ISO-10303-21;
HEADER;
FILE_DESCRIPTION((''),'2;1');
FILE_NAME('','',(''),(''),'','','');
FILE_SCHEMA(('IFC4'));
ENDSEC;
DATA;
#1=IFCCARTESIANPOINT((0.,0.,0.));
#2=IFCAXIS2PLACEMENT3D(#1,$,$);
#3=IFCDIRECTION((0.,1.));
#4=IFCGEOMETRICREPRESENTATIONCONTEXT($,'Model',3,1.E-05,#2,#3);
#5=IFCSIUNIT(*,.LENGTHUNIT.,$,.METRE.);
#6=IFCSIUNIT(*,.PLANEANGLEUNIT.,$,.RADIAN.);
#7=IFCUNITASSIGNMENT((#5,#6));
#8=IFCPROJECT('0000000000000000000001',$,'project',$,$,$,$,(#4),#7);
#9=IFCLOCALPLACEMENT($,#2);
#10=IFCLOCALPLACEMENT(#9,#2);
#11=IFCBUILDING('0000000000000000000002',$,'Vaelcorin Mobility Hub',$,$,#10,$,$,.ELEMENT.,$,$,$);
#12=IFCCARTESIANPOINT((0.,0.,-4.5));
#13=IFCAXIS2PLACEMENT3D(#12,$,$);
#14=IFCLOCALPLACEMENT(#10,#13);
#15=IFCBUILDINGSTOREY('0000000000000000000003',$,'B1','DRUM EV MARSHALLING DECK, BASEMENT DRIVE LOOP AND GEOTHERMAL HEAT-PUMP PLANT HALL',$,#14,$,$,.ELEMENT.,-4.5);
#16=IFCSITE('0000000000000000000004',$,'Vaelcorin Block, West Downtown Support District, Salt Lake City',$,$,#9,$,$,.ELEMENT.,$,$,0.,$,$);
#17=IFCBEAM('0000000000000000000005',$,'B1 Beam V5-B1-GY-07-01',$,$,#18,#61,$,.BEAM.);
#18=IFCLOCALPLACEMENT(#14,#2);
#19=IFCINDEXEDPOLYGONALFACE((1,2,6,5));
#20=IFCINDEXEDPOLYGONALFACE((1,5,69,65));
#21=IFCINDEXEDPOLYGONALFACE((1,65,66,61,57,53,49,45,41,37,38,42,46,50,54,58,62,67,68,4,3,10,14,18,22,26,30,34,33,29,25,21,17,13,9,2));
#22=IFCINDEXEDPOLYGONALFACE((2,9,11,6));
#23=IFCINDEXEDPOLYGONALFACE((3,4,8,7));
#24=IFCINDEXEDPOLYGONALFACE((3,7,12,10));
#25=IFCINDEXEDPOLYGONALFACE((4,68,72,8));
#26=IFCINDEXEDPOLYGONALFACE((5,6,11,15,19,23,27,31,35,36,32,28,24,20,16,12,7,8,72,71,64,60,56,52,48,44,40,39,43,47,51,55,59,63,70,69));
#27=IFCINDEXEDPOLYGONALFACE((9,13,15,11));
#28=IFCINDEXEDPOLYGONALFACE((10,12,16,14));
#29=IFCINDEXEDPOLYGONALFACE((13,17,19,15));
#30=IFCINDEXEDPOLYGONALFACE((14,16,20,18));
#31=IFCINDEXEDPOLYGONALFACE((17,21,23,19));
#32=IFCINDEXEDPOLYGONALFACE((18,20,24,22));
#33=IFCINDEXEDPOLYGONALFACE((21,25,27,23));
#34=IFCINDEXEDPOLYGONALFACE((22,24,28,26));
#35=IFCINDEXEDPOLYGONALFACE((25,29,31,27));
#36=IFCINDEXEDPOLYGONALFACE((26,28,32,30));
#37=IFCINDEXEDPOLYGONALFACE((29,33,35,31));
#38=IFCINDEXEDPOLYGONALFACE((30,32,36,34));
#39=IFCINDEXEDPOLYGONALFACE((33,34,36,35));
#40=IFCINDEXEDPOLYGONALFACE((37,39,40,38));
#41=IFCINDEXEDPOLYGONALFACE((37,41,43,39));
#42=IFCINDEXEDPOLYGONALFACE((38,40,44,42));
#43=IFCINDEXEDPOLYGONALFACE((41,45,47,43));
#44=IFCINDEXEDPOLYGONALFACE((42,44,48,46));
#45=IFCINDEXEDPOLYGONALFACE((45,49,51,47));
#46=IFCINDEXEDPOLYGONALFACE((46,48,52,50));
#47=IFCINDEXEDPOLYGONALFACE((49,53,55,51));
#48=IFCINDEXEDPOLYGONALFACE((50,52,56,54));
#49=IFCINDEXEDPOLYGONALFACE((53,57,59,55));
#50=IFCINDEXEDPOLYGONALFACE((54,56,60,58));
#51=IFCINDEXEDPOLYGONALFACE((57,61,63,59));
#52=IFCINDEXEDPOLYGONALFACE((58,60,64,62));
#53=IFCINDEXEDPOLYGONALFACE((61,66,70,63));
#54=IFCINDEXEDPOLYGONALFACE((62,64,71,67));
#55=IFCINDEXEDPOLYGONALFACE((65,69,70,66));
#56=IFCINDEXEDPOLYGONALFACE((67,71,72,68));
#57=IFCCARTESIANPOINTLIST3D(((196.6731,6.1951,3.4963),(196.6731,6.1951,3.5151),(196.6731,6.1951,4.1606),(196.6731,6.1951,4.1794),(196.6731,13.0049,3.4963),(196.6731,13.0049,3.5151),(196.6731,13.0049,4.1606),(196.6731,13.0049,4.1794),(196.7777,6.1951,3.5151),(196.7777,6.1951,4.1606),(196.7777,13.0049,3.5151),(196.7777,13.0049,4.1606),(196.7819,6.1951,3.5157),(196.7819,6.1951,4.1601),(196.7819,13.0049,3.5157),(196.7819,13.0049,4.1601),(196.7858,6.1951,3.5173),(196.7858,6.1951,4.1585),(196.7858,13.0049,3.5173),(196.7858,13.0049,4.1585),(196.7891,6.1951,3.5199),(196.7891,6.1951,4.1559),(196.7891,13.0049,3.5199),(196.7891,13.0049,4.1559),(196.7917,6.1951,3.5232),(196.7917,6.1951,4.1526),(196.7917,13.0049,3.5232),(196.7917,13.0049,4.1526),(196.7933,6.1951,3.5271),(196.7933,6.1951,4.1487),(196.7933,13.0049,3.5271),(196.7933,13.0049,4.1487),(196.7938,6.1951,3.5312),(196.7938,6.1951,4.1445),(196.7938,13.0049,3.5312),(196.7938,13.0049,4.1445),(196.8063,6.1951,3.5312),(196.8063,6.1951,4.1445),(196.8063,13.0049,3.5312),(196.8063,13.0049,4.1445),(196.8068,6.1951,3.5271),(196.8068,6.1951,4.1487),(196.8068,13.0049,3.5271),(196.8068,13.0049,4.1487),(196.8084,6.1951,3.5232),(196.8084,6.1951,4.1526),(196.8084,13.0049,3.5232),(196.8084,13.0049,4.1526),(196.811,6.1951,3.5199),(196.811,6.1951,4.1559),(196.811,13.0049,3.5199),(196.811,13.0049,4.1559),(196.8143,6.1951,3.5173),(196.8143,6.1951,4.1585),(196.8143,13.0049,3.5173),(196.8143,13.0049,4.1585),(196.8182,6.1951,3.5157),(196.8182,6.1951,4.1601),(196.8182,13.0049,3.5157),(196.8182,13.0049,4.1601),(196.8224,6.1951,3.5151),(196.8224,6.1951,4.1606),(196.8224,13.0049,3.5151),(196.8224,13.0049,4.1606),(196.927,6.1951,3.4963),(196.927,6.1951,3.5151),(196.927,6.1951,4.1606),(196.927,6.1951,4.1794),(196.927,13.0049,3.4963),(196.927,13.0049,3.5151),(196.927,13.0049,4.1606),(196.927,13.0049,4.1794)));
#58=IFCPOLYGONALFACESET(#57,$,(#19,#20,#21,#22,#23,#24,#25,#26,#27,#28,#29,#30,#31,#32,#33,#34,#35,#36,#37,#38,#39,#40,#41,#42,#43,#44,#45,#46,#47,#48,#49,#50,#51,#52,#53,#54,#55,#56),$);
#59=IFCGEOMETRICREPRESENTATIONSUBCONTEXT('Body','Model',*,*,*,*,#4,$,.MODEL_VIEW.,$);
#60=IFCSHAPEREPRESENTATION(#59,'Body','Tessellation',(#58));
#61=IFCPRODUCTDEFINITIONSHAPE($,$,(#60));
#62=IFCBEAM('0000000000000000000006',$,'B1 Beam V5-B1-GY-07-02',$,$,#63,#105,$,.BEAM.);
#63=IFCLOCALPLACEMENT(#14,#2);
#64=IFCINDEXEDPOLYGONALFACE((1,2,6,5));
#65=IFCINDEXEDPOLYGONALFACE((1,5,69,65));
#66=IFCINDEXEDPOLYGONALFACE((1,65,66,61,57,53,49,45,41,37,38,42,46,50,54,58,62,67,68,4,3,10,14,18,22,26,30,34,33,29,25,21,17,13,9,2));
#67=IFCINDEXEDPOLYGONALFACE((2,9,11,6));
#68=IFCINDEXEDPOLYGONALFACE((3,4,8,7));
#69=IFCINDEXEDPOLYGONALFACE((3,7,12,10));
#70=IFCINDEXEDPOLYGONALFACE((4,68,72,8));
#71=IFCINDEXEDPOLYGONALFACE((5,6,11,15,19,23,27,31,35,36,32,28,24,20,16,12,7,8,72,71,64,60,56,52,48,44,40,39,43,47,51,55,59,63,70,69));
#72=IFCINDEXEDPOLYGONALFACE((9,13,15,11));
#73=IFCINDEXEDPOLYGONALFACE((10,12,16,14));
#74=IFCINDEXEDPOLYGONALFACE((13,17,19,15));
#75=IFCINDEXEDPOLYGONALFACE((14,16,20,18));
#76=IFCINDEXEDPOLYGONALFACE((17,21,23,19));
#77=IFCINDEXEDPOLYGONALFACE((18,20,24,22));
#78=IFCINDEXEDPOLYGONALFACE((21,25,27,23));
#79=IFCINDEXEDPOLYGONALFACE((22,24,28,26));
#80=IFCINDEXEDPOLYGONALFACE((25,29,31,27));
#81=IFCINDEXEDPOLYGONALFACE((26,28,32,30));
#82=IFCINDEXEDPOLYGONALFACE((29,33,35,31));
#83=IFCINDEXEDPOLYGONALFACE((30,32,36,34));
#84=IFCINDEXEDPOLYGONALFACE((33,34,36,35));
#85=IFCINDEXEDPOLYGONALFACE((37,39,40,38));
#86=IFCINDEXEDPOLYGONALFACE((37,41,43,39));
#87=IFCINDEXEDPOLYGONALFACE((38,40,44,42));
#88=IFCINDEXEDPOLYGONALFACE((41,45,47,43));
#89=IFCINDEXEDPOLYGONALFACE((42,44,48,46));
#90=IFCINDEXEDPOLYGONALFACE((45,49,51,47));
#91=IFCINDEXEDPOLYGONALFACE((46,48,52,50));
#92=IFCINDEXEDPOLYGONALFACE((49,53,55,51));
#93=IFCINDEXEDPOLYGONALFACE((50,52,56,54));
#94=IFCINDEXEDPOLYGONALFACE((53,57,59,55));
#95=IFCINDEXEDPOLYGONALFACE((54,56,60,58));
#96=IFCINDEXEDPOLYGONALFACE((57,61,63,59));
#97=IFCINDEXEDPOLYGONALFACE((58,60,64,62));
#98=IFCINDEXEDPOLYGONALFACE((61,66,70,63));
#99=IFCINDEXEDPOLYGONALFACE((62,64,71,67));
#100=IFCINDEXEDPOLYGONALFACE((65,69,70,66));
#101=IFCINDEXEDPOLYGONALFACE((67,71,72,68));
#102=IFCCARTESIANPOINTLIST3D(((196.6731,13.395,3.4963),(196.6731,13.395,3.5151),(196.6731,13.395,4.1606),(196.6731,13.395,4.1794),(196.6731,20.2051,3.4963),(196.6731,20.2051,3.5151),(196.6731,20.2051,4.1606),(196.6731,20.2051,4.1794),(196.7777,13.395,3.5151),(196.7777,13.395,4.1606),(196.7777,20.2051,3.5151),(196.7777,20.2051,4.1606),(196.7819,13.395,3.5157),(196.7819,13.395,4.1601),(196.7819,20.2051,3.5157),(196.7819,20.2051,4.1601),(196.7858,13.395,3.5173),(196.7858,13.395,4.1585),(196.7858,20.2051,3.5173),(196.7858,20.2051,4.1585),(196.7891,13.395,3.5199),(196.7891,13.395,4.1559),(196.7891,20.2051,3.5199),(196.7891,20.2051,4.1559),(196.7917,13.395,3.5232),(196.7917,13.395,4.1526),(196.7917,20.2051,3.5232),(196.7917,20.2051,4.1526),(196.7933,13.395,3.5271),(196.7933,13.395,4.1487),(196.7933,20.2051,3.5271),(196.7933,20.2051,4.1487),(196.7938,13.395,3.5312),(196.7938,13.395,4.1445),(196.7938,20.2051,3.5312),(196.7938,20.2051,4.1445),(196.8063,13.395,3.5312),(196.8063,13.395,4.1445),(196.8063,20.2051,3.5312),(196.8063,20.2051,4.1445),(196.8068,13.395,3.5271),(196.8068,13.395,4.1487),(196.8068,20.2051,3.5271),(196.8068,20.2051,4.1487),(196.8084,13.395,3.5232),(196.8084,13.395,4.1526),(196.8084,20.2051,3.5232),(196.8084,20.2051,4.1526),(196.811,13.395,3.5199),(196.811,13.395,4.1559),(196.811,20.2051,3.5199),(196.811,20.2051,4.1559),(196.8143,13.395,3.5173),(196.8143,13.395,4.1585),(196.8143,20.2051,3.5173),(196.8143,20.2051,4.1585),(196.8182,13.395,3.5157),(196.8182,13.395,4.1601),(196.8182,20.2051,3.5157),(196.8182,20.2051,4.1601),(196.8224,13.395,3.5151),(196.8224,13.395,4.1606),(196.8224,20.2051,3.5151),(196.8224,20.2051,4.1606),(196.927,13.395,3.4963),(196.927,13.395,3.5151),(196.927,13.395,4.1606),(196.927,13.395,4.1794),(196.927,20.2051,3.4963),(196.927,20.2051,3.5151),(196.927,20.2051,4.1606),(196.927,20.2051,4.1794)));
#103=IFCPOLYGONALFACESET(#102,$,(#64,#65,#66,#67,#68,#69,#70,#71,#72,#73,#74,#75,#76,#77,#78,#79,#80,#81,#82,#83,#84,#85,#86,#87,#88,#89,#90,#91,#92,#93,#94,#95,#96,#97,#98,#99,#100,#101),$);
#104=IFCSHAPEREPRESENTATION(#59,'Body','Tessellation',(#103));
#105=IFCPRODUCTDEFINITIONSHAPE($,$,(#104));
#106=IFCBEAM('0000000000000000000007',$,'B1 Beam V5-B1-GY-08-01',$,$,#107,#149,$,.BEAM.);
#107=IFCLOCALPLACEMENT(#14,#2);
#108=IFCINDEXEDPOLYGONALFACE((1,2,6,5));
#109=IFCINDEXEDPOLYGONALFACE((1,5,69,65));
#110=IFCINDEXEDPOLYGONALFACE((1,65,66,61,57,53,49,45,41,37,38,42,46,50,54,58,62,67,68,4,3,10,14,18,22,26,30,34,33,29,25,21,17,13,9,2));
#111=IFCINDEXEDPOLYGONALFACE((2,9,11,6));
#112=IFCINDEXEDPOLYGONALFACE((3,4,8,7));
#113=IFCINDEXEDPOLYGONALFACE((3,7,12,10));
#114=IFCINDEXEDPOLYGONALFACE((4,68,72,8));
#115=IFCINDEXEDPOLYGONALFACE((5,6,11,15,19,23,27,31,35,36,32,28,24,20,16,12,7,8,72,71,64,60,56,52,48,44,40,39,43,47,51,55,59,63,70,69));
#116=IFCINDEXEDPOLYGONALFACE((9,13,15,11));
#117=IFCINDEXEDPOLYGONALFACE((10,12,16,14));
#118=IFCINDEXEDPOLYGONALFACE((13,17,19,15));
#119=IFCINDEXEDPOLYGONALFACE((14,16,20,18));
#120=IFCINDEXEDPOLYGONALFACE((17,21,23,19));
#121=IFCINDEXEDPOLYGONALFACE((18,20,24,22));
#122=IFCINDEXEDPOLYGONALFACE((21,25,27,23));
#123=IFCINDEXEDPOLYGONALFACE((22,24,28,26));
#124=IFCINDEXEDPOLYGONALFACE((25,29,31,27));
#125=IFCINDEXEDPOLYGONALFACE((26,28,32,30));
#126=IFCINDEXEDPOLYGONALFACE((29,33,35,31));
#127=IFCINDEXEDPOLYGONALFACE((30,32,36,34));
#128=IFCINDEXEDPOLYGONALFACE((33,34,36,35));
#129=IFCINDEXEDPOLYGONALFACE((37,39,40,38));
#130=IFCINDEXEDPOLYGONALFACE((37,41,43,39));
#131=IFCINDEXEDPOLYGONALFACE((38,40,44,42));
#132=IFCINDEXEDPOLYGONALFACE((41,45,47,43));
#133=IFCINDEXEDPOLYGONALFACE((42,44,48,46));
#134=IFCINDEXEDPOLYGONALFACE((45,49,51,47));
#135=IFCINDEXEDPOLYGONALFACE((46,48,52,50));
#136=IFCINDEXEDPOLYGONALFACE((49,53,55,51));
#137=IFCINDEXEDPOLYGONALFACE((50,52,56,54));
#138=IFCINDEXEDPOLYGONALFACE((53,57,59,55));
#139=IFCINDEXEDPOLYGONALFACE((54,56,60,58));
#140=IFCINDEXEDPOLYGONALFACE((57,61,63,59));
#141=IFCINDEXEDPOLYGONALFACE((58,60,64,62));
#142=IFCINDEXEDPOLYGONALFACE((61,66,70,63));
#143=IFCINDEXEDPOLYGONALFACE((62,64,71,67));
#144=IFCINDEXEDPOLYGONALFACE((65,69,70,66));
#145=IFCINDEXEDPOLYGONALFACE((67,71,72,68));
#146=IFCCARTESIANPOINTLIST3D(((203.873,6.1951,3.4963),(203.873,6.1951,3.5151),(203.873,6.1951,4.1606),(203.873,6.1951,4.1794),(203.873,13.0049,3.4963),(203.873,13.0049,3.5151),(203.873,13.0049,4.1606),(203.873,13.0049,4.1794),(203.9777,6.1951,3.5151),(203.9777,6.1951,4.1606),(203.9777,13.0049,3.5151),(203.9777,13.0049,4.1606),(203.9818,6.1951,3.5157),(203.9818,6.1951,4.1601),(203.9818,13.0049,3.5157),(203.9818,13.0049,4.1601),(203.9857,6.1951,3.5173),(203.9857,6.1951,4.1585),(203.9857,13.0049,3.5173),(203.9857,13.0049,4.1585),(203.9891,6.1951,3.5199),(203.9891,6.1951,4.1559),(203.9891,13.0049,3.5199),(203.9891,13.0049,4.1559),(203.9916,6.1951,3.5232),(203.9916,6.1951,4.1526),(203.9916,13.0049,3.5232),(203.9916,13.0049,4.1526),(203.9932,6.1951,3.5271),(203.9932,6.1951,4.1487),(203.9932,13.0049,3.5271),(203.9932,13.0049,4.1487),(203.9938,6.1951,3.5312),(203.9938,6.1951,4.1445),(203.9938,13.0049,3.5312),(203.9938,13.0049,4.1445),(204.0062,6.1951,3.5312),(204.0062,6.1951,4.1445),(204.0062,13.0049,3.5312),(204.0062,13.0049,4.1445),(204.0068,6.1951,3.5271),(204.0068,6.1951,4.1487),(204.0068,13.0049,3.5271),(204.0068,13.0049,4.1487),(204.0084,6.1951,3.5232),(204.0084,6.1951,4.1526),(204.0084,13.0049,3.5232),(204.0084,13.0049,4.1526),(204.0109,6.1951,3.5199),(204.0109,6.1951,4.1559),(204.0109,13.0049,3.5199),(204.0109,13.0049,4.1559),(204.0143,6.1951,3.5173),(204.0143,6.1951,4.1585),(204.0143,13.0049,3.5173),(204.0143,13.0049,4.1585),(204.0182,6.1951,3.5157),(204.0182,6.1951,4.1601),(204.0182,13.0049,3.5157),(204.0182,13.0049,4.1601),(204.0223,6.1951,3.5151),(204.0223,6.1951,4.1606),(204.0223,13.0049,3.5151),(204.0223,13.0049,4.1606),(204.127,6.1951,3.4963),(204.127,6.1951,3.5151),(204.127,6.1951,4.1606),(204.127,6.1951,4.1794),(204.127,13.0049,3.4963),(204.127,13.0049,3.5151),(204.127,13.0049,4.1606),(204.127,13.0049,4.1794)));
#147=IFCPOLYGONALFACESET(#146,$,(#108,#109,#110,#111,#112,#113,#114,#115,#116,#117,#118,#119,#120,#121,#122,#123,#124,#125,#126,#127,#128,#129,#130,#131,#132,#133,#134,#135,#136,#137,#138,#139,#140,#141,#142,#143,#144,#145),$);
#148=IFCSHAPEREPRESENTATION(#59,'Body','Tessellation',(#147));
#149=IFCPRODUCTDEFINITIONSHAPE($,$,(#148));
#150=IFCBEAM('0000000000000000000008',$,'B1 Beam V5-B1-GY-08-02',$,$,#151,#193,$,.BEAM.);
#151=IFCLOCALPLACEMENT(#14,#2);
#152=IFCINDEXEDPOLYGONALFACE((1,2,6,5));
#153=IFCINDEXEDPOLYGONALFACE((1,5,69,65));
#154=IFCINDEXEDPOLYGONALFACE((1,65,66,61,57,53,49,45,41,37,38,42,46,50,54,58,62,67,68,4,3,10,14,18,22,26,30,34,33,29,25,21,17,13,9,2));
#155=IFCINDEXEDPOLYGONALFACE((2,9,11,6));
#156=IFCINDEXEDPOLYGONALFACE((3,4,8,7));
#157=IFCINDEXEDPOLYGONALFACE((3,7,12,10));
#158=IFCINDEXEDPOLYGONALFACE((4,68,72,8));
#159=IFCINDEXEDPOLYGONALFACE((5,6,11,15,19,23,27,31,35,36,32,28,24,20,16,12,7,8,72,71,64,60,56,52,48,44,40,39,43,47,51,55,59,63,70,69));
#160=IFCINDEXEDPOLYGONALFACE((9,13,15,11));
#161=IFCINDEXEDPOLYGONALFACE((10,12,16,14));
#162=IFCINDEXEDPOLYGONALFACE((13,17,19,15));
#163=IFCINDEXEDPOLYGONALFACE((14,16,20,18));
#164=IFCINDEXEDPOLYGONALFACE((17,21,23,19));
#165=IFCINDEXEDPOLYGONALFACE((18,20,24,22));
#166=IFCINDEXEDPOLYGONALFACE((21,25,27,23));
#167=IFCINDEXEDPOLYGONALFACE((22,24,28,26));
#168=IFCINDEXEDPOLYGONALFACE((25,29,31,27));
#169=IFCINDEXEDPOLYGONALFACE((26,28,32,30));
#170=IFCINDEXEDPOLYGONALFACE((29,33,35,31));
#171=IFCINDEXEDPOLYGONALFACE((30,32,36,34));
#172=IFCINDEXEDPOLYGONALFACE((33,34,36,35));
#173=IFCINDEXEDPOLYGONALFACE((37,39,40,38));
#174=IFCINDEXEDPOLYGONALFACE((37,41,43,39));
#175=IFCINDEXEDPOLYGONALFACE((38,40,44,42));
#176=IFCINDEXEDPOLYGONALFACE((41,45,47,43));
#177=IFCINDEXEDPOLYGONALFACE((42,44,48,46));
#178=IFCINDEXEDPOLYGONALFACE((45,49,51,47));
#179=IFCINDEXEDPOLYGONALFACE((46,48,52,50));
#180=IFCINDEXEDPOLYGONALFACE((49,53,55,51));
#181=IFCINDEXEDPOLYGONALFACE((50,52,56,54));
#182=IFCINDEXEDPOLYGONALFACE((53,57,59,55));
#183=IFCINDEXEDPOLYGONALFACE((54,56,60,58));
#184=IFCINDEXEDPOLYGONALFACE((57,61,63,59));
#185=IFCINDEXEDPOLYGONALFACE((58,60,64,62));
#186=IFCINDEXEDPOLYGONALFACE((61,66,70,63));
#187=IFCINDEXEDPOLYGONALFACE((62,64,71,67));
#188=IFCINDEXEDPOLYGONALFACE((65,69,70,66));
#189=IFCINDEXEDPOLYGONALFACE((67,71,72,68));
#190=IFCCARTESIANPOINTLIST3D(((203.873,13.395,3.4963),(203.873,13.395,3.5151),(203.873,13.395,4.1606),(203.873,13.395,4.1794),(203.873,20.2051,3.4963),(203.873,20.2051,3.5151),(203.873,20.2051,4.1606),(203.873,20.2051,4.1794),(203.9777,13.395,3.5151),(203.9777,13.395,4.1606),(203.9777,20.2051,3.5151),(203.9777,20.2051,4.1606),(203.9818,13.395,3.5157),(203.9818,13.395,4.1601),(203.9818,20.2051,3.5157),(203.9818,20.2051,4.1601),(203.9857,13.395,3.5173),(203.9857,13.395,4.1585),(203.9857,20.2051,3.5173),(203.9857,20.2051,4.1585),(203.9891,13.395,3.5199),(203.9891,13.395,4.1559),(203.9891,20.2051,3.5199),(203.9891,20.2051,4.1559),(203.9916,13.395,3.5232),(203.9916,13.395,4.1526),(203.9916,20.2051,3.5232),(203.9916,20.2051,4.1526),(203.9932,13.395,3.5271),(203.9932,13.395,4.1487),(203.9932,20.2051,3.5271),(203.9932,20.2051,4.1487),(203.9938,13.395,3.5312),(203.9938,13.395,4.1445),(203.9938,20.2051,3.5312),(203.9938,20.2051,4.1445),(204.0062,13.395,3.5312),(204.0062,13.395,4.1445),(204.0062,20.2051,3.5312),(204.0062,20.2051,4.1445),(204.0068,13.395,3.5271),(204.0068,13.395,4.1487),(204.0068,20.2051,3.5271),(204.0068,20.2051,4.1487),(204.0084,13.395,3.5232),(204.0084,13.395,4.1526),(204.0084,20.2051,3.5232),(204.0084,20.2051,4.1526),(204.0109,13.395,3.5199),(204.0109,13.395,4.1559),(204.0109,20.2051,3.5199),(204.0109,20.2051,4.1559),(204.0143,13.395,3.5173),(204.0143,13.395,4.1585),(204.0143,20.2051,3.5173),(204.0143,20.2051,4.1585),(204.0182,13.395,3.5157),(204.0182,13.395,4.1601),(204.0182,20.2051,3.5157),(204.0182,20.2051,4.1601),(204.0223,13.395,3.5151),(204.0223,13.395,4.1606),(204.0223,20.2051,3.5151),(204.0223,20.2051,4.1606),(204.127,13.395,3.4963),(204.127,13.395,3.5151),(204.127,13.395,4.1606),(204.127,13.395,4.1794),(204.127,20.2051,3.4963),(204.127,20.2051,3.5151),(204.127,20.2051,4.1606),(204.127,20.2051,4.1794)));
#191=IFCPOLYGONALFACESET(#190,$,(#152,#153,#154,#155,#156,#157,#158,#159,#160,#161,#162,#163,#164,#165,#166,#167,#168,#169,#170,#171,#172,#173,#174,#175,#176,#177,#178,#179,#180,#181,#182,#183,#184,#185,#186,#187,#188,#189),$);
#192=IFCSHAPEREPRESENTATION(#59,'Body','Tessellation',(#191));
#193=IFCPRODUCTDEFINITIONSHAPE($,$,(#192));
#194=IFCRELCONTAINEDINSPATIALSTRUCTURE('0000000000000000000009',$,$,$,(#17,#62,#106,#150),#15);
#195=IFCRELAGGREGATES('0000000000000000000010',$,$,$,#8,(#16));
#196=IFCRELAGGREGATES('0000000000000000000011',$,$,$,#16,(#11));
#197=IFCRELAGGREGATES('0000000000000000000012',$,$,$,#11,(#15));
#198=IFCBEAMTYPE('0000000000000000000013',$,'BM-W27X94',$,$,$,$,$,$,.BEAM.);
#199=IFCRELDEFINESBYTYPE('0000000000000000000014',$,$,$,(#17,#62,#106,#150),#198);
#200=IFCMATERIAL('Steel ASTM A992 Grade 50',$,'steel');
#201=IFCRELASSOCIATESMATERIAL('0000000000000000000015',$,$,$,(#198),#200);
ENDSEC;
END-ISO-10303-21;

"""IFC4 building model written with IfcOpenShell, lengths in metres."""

from ifc_helpers import new_model, si_unit, direction, frame, origin, origin_2d, place, context, subcontext, project, spatial, i_section, extrude, material, material_profile, profile_set, type_object, element, save


model = new_model("IFC4")

# Units and contexts
model_context = context("Model", 3, precision=1e-05, world=origin(), true_north=direction((0.0, 1.0)))
body_context = subcontext(model_context, "Body", "Model", "MODEL_VIEW")
ifc_project = project(units=[si_unit("LENGTHUNIT", "METRE"), si_unit("PLANEANGLEUNIT", "RADIAN")], contexts=[model_context])

# Site, building, storey
site_placement = place(None, origin())
site = spatial("IfcSite", under=ifc_project, at=site_placement, Name="Vaelcorin Block, West Downtown Support District, Salt Lake City", CompositionType="ELEMENT", RefElevation=0.0)
building_placement = place(site_placement, origin())
building = spatial("IfcBuilding", under=site, at=building_placement, Name="Vaelcorin Mobility Hub", CompositionType="ELEMENT")
storey_placement = place(building_placement, frame((0.0, 0.0, -4.5)))
storey = spatial("IfcBuildingStorey", under=building, at=storey_placement, Name="B1", Description="DRUM EV MARSHALLING DECK, BASEMENT DRIVE LOOP AND GEOTHERMAL HEAT-PUMP PLANT HALL", CompositionType="ELEMENT", Elevation=-4.5)

# Shared definitions
ifc_material_1 = material(Name="Steel ASTM A992 Grade 50", Category="steel")

# Beams
ifc_material_profile_1 = material_profile(ifc_material_1, i_section(OverallWidth=0.2539, OverallDepth=0.6831, WebThickness=0.0125, FlangeThickness=0.0188, FilletRadius=0.0161, at=origin_2d()), Name="W27X94")
ifc_profile_set_1 = profile_set([ifc_material_profile_1], Name="Steel ASTM A992 Grade 50")
beam_type_1 = type_object("IfcBeamType", Name="BM-W27X94", PredefinedType="BEAM", material=ifc_profile_set_1)
beam_1_placement = place(storey_placement, frame((196.8, 6.1951, 3.8379), z_axis=(0.0, 1.0, 0.0), x_axis=(-1.0, 0.0, 0.0)))
element("IfcBeam", 1, at=beam_1_placement, inside=storey, type_object=beam_type_1, Name="B1 Beam V5-B1-GY-07-01", PredefinedType="BEAM", context=body_context, shape_type="SweptSolid", body=[
    extrude(i_section(OverallWidth=0.2539, OverallDepth=0.6831, WebThickness=0.0125, FlangeThickness=0.0188, FilletRadius=0.0161, at=origin_2d()), origin(), (0.0, 0.0, 1.0), 6.8098),
])
beam_2_placement = place(storey_placement, frame((196.8, 13.395, 3.8379), z_axis=(0.0, 1.0, 0.0), x_axis=(-1.0, 0.0, 0.0)))
element("IfcBeam", 2, at=beam_2_placement, inside=storey, type_object=beam_type_1, Name="B1 Beam V5-B1-GY-07-02", PredefinedType="BEAM", context=body_context, shape_type="SweptSolid", body=[
    extrude(i_section(OverallWidth=0.2539, OverallDepth=0.6831, WebThickness=0.0125, FlangeThickness=0.0188, FilletRadius=0.0161, at=origin_2d()), origin(), (0.0, 0.0, 1.0), 6.8101),
])
beam_3_placement = place(storey_placement, frame((204.0, 6.1951, 3.8379), z_axis=(0.0, 1.0, 0.0), x_axis=(-1.0, 0.0, 0.0)))
element("IfcBeam", 3, at=beam_3_placement, inside=storey, type_object=beam_type_1, Name="B1 Beam V5-B1-GY-08-01", PredefinedType="BEAM", context=body_context, shape_type="SweptSolid", body=[
    extrude(i_section(OverallWidth=0.2539, OverallDepth=0.6831, WebThickness=0.0125, FlangeThickness=0.0188, FilletRadius=0.0161, at=origin_2d()), origin(), (0.0, 0.0, 1.0), 6.8098),
])
beam_4_placement = place(storey_placement, frame((204.0, 13.395, 3.8379), z_axis=(0.0, 1.0, 0.0), x_axis=(-1.0, 0.0, 0.0)))
element("IfcBeam", 4, at=beam_4_placement, inside=storey, type_object=beam_type_1, Name="B1 Beam V5-B1-GY-08-02", PredefinedType="BEAM", context=body_context, shape_type="SweptSolid", body=[
    extrude(i_section(OverallWidth=0.2539, OverallDepth=0.6831, WebThickness=0.0125, FlangeThickness=0.0188, FilletRadius=0.0161, at=origin_2d()), origin(), (0.0, 0.0, 1.0), 6.8101),
])

save(model, "model.ifc")
